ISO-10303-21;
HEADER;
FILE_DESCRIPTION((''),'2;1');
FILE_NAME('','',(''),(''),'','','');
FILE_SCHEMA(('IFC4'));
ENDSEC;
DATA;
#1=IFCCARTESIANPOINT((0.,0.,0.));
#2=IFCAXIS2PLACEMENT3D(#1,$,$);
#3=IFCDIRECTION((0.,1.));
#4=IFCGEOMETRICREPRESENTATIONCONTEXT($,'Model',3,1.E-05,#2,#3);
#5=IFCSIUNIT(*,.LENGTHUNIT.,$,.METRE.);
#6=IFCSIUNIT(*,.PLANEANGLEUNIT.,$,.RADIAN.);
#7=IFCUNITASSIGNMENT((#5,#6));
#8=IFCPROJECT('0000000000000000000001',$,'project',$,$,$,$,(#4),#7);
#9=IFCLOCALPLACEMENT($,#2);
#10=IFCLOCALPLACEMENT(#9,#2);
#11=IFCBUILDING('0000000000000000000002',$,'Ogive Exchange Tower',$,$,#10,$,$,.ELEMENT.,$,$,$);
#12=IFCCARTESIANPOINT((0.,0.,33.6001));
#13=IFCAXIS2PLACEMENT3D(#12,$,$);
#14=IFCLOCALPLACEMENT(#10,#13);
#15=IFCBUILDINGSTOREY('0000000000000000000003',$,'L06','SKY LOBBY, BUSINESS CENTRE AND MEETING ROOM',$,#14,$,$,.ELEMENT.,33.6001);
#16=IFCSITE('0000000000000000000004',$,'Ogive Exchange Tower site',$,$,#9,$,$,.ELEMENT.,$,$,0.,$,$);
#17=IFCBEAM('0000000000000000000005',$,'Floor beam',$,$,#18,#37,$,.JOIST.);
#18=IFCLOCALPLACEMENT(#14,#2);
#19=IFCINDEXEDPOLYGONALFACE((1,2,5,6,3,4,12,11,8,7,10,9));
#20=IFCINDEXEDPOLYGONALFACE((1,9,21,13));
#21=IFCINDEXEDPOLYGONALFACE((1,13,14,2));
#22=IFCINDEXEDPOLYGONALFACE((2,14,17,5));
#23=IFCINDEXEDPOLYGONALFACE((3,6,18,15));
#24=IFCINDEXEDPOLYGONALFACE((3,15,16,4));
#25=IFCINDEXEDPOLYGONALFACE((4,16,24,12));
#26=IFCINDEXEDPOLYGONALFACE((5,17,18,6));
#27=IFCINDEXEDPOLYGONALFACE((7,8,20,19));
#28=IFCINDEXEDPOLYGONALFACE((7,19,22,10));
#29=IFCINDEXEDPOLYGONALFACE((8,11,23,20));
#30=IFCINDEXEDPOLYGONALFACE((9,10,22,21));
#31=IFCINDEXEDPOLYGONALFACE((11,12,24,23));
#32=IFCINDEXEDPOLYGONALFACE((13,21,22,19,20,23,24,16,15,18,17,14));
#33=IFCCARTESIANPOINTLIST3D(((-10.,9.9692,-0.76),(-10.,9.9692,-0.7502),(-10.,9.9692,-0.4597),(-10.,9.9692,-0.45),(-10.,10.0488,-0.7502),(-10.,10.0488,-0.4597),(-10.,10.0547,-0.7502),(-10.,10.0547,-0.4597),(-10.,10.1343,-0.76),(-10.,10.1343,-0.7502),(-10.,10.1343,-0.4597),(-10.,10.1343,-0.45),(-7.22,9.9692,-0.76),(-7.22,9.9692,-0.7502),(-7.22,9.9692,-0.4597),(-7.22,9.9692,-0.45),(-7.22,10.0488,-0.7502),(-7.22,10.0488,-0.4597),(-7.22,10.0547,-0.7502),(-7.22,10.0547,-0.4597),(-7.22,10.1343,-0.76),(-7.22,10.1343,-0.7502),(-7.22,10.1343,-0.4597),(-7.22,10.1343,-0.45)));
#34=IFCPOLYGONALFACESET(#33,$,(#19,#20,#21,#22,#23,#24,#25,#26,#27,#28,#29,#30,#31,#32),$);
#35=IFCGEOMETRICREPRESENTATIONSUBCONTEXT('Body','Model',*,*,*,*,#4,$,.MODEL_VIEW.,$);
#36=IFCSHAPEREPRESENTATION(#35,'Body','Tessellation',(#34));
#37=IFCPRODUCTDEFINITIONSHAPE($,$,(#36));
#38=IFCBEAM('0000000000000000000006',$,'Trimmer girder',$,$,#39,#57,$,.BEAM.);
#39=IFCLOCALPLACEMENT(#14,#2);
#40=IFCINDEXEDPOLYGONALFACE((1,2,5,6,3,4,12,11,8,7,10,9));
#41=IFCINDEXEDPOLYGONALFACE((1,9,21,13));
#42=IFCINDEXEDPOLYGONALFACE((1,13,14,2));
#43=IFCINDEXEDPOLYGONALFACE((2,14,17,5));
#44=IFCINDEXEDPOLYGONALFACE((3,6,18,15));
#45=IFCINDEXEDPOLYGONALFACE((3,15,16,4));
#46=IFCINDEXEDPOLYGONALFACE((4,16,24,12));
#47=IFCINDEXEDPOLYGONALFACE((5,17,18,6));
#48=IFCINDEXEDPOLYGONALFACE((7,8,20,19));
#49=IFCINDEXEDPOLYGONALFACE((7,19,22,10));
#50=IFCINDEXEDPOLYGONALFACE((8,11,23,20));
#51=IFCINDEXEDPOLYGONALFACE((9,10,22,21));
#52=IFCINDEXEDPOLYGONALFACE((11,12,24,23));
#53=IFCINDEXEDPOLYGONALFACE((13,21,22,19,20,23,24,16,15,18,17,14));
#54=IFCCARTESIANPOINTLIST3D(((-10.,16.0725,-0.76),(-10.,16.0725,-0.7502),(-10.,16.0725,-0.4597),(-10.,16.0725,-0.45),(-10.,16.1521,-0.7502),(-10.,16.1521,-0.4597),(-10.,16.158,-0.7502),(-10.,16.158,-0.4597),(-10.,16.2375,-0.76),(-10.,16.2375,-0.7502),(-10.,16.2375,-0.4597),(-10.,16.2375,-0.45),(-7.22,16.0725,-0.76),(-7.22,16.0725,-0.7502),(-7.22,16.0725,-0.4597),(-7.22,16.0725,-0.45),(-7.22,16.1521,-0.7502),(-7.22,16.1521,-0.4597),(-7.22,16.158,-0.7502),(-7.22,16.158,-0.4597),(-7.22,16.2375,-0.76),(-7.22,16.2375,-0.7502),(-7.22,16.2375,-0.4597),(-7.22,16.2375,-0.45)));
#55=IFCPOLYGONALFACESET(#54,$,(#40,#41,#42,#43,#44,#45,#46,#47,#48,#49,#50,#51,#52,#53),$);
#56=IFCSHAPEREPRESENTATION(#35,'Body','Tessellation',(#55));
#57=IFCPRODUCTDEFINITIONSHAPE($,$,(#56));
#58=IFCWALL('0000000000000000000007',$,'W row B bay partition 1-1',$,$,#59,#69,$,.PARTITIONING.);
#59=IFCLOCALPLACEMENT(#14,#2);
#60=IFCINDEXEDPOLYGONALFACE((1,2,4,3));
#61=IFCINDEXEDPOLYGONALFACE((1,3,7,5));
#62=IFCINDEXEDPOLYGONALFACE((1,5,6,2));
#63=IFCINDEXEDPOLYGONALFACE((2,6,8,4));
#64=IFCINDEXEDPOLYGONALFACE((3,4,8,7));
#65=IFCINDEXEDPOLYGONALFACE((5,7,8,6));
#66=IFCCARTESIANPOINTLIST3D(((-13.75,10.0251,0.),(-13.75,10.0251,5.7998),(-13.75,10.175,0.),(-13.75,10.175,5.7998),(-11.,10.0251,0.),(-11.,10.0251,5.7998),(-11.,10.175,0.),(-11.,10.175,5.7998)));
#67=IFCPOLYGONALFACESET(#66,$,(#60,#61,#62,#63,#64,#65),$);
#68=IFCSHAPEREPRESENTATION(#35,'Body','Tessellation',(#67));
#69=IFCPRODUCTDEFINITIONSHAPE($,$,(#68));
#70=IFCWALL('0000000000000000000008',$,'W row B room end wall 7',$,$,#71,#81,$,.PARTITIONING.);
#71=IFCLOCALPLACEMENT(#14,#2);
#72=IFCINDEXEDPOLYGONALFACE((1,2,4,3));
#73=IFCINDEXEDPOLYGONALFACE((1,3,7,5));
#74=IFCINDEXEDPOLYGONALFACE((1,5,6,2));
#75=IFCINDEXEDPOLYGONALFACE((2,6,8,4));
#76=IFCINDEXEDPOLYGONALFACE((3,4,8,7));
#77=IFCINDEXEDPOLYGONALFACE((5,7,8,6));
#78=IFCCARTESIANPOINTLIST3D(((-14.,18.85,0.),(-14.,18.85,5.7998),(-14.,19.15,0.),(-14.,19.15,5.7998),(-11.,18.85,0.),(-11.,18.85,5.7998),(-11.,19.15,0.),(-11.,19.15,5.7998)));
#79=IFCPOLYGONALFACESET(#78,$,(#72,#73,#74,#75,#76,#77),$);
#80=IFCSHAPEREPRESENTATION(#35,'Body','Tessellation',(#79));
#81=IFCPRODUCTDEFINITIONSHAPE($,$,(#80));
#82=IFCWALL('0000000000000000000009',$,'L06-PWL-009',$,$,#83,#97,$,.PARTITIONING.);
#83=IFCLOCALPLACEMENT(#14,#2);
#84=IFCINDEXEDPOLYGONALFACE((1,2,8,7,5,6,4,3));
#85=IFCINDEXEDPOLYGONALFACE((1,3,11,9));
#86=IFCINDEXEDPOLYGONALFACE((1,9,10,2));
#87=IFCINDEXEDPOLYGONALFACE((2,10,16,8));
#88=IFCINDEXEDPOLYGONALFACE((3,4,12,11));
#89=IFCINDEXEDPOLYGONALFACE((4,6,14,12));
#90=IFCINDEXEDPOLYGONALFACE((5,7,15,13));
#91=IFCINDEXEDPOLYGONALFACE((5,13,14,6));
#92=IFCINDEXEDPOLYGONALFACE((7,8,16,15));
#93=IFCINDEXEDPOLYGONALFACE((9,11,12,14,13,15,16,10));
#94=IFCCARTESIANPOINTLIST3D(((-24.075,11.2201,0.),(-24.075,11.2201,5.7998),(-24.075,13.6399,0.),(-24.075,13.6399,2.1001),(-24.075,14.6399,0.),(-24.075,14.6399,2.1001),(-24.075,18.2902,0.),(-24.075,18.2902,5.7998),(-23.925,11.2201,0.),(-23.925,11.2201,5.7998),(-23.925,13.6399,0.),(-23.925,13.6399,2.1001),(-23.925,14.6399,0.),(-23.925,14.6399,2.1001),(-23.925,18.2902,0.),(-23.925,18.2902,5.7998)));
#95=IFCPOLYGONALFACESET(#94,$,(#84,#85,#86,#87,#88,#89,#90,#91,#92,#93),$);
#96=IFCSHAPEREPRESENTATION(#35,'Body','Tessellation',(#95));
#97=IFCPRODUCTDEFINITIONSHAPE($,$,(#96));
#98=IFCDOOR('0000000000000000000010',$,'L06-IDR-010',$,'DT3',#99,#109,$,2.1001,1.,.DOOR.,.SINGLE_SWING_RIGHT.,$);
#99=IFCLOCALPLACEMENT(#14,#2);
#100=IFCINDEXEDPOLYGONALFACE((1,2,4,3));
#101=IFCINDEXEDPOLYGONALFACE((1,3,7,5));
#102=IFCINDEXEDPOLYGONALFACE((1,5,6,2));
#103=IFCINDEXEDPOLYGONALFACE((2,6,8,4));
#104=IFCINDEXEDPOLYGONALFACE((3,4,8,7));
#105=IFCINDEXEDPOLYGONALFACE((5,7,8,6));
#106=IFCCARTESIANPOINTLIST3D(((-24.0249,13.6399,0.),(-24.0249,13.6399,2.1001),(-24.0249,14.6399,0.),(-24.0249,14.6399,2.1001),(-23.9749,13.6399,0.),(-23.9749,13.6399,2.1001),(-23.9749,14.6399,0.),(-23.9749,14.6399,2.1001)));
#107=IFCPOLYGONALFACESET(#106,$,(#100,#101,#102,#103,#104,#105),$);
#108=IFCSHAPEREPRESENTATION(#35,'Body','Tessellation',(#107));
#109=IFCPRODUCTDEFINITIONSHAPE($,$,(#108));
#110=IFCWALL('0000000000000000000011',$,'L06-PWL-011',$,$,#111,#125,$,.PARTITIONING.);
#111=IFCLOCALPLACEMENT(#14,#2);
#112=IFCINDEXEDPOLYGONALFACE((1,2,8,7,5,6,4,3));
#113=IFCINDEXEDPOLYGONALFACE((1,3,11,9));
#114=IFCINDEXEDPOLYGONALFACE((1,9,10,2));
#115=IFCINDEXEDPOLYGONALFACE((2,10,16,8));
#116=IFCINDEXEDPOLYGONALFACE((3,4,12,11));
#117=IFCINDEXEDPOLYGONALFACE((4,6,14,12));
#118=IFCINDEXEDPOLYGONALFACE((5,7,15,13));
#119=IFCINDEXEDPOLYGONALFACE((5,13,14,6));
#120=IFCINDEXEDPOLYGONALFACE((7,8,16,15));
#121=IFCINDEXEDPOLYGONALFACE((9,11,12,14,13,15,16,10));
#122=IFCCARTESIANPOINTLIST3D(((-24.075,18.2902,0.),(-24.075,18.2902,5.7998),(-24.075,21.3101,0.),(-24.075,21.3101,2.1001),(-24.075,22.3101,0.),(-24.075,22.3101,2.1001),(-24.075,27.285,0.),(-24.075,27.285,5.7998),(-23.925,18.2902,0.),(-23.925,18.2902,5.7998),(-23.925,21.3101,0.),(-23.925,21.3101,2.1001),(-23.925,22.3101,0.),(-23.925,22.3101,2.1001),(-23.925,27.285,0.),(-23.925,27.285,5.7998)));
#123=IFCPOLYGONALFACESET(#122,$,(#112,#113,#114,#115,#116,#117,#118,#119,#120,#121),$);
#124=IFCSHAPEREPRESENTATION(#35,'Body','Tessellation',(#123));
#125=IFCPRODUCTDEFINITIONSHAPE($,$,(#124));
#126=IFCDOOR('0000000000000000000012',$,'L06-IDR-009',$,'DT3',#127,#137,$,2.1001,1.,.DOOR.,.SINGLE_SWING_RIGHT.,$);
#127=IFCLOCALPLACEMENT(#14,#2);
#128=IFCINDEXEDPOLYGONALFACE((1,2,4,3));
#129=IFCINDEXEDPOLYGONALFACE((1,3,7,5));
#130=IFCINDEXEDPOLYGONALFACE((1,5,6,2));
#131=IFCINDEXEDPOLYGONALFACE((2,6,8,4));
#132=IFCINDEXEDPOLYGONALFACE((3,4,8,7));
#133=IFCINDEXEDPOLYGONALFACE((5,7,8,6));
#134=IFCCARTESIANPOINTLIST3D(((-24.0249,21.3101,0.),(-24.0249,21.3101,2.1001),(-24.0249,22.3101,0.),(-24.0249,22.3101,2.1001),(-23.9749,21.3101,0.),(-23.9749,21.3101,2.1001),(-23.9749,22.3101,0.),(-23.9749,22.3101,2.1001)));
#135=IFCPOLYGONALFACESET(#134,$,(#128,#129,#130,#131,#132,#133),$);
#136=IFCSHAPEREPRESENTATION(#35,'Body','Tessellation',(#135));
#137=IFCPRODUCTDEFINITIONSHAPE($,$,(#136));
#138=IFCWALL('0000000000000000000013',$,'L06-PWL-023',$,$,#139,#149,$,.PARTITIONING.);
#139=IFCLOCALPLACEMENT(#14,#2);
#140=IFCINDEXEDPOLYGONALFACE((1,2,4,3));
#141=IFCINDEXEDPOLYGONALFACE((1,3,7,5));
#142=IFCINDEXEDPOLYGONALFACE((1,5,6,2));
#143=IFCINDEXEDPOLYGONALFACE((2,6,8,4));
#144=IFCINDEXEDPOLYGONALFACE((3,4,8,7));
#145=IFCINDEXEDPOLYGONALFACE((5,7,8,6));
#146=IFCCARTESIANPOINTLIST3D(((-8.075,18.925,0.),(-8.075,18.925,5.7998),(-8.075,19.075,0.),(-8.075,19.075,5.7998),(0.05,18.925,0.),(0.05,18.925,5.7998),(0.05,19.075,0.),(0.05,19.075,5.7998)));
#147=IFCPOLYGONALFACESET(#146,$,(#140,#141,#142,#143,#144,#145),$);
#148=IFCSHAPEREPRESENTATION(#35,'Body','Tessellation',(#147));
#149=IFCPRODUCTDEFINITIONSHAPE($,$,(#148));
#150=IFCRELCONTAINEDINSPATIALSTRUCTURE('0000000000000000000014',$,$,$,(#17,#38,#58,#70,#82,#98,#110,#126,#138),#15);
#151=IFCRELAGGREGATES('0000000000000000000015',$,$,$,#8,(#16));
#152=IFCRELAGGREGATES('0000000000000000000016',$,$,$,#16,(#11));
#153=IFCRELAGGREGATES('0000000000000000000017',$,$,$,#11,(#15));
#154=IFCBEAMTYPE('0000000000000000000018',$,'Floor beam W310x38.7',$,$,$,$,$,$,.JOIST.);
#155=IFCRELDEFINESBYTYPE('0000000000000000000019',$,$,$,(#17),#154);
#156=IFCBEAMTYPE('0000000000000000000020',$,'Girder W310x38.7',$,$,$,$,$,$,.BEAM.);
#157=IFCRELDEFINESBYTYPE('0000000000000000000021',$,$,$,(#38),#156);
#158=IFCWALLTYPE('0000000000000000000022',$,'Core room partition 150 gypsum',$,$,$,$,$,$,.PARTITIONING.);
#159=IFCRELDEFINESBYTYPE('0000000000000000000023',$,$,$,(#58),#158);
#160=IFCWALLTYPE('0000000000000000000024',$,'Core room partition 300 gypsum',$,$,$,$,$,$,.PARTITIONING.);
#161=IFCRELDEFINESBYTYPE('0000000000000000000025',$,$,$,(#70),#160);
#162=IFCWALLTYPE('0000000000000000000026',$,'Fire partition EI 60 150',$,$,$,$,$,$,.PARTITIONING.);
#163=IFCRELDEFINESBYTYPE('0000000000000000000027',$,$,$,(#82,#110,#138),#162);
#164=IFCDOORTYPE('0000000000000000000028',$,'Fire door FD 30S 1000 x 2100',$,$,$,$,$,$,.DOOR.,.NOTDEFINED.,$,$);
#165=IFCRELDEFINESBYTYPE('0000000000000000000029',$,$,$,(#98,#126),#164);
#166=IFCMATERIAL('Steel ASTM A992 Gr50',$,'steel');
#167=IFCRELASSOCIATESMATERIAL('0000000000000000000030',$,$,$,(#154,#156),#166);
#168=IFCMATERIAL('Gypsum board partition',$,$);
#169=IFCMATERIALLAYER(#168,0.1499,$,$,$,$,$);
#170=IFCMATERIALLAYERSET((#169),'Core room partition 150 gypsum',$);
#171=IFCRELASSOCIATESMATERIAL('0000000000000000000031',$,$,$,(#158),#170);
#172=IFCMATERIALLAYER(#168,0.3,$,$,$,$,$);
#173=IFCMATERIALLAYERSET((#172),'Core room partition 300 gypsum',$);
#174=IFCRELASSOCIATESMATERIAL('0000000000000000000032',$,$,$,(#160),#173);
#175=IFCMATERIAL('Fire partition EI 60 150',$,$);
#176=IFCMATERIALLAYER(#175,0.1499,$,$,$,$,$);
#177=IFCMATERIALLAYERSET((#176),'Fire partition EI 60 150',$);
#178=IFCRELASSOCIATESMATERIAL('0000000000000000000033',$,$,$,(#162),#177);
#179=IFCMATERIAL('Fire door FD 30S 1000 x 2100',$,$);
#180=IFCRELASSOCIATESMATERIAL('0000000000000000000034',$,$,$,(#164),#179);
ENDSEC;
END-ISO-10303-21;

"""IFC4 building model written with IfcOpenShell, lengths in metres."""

from ifc_helpers import new_model, si_unit, direction, frame, frame_2d, origin, origin_2d, place, context, subcontext, project, spatial, rectangle, i_section, extrude, material, layer, layer_set, material_profile, profile_set, type_object, element, fill, save


model = new_model("IFC4")

# Units and contexts
model_context = context("Model", 3, precision=1e-05, world=origin(), true_north=direction((0.0, 1.0)))
body_context = subcontext(model_context, "Body", "Model", "MODEL_VIEW")
ifc_project = project(units=[si_unit("LENGTHUNIT", "METRE"), si_unit("PLANEANGLEUNIT", "RADIAN")], contexts=[model_context])

# Site, building, storey
site_placement = place(None, origin())
site = spatial("IfcSite", under=ifc_project, at=site_placement, Name="Ogive Exchange Tower site", CompositionType="ELEMENT", RefElevation=0.0)
building_placement = place(site_placement, origin())
building = spatial("IfcBuilding", under=site, at=building_placement, Name="Ogive Exchange Tower", CompositionType="ELEMENT")
storey_placement = place(building_placement, frame((0.0, 0.0, 33.6001)))
storey = spatial("IfcBuildingStorey", under=building, at=storey_placement, Name="L06", Description="SKY LOBBY, BUSINESS CENTRE AND MEETING ROOM", CompositionType="ELEMENT", Elevation=33.6001)

# Beams
ifc_material_1 = material(Name="Steel ASTM A992 Gr50", Category="steel")
ifc_material_profile_1 = material_profile(ifc_material_1, i_section(OverallWidth=0.165, OverallDepth=0.3101, WebThickness=0.0059, FlangeThickness=0.0098, at=origin_2d()), Name="W310x38.7")
ifc_profile_set_1 = profile_set([ifc_material_profile_1], Name="Steel ASTM A992 Gr50")
beam_type_1 = type_object("IfcBeamType", Name="Floor beam W310x38.7", PredefinedType="JOIST", material=ifc_profile_set_1)
beam_1_placement = place(storey_placement, frame((-10.0, 10.0518, -0.605), z_axis=(1.0, 0.0, 0.0), x_axis=(0.0, 1.0, 0.0)))
element("IfcBeam", 1, at=beam_1_placement, inside=storey, type_object=beam_type_1, Name="Floor beam", PredefinedType="JOIST", context=body_context, shape_type="SweptSolid", body=[
    extrude(i_section(OverallWidth=0.165, OverallDepth=0.3101, WebThickness=0.0059, FlangeThickness=0.0098, at=origin_2d()), origin(), (0.0, 0.0, 1.0), 2.78),
])
ifc_material_profile_2 = material_profile(ifc_material_1, i_section(OverallWidth=0.165, OverallDepth=0.3101, WebThickness=0.0059, FlangeThickness=0.0098, at=origin_2d()), Name="W310x38.7")
ifc_profile_set_2 = profile_set([ifc_material_profile_2], Name="Steel ASTM A992 Gr50")
beam_type_2 = type_object("IfcBeamType", Name="Girder W310x38.7", PredefinedType="BEAM", material=ifc_profile_set_2)
beam_2_placement = place(storey_placement, frame((-10.0, 16.155, -0.605), z_axis=(1.0, 0.0, 0.0), x_axis=(0.0, 1.0, 0.0)))
element("IfcBeam", 2, at=beam_2_placement, inside=storey, type_object=beam_type_2, Name="Trimmer girder", PredefinedType="BEAM", context=body_context, shape_type="SweptSolid", body=[
    extrude(i_section(OverallWidth=0.165, OverallDepth=0.3101, WebThickness=0.0059, FlangeThickness=0.0098, at=origin_2d()), origin(), (0.0, 0.0, 1.0), 2.78),
])

# Walls
ifc_material_2 = material(Name="Gypsum board partition")
ifc_layer_1 = layer(ifc_material_2, 0.1499)
ifc_layer_set_1 = layer_set([ifc_layer_1], Name="Core room partition 150 gypsum")
wall_type_1 = type_object("IfcWallType", Name="Core room partition 150 gypsum", PredefinedType="PARTITIONING", material=ifc_layer_set_1)
wall_1_placement = place(storey_placement, frame((-13.75, 10.1001, 0.0), z_axis=(0.0, 0.0, 1.0), x_axis=(1.0, 0.0, 0.0)))
element("IfcWall", 3, at=wall_1_placement, inside=storey, type_object=wall_type_1, Name="W row B bay partition 1-1", PredefinedType="PARTITIONING", context=body_context, shape_type="SweptSolid", body=[
    extrude(rectangle(XDim=2.75, YDim=0.1499, at=frame_2d((1.375, 0.0))), origin(), (0.0, 0.0, 1.0), 5.7998),
])
ifc_layer_2 = layer(ifc_material_2, 0.3)
ifc_layer_set_2 = layer_set([ifc_layer_2], Name="Core room partition 300 gypsum")
wall_type_2 = type_object("IfcWallType", Name="Core room partition 300 gypsum", PredefinedType="PARTITIONING", material=ifc_layer_set_2)
wall_2_placement = place(storey_placement, frame((-14.0, 19.0, 0.0), z_axis=(0.0, 0.0, 1.0), x_axis=(1.0, 0.0, 0.0)))
element("IfcWall", 4, at=wall_2_placement, inside=storey, type_object=wall_type_2, Name="W row B room end wall 7", PredefinedType="PARTITIONING", context=body_context, shape_type="SweptSolid", body=[
    extrude(rectangle(XDim=3.0, YDim=0.3, at=frame_2d((1.5, 0.0))), origin(), (0.0, 0.0, 1.0), 5.7998),
])

# Walls, openings, doors
ifc_material_3 = material(Name="Fire partition EI 60 150")
ifc_layer_3 = layer(ifc_material_3, 0.1499)
ifc_layer_set_3 = layer_set([ifc_layer_3], Name="Fire partition EI 60 150")
wall_type_3 = type_object("IfcWallType", Name="Fire partition EI 60 150", PredefinedType="PARTITIONING", material=ifc_layer_set_3)
wall_3_placement = place(storey_placement, frame((-24.0, 11.22, 0.0), z_axis=(0.0, 0.0, 1.0), x_axis=(0.0, 1.0, 0.0)))
wall_3 = element("IfcWall", 5, at=wall_3_placement, inside=storey, type_object=wall_type_3, Name="L06-PWL-009", PredefinedType="PARTITIONING", context=body_context, shape_type="SweptSolid", body=[
    extrude(rectangle(XDim=7.0701, YDim=0.1499, at=frame_2d((3.5352, 0.0))), origin(), (0.0, 0.0, 1.0), 5.7998),
])
opening_1_placement = place(wall_3_placement, frame((2.4199, 0.0, 0.0)))
opening_1 = element("IfcOpeningElement", 6, at=opening_1_placement, cuts=wall_3, PredefinedType="OPENING", context=body_context, shape_type="SweptSolid", body=[
    extrude(rectangle(XDim=1.0, YDim=2.1001, at=frame_2d((0.5, 1.05))), frame((0.0, 0.085, 0.0), z_axis=(0.0, -1.0, 0.0), x_axis=(1.0, 0.0, 0.0)), (0.0, 0.0, 1.0), 0.1699),
])
ifc_material_4 = material(Name="Fire door FD 30S 1000 x 2100")
door_type_1 = type_object("IfcDoorType", Name="Fire door FD 30S 1000 x 2100", OperationType="NOTDEFINED", PredefinedType="DOOR", material=ifc_material_4)
door_1_placement = place(opening_1_placement, origin())
door_1 = element("IfcDoor", 7, at=door_1_placement, inside=storey, type_object=door_type_1, Name="L06-IDR-010", ObjectType="DT3", OperationType="SINGLE_SWING_RIGHT", OverallHeight=2.1001, OverallWidth=1.0, PredefinedType="DOOR", context=body_context, shape_type="SweptSolid", body=[
    extrude(rectangle(XDim=1.0, YDim=2.1001, at=frame_2d((0.5, 1.05))), frame((0.0, 0.0249, 0.0), z_axis=(0.0, -1.0, 0.0), x_axis=(1.0, 0.0, 0.0)), (0.0, 0.0, 1.0), 0.05),
])
fill(opening_1, door_1)
wall_4_placement = place(storey_placement, frame((-24.0, 18.29, 0.0), z_axis=(0.0, 0.0, 1.0), x_axis=(0.0, 1.0, 0.0)))
wall_4 = element("IfcWall", 8, at=wall_4_placement, inside=storey, type_object=wall_type_3, Name="L06-PWL-011", PredefinedType="PARTITIONING", context=body_context, shape_type="SweptSolid", body=[
    extrude(rectangle(XDim=8.9949, YDim=0.1499, at=frame_2d((4.4976, 0.0))), origin(), (0.0, 0.0, 1.0), 5.7998),
])
opening_2_placement = place(wall_4_placement, frame((3.02, 0.0, 0.0)))
opening_2 = element("IfcOpeningElement", 9, at=opening_2_placement, cuts=wall_4, PredefinedType="OPENING", context=body_context, shape_type="SweptSolid", body=[
    extrude(rectangle(XDim=1.0, YDim=2.1001, at=frame_2d((0.5, 1.05))), frame((0.0, 0.085, 0.0), z_axis=(0.0, -1.0, 0.0), x_axis=(1.0, 0.0, 0.0)), (0.0, 0.0, 1.0), 0.1699),
])
door_2_placement = place(opening_2_placement, origin())
door_2 = element("IfcDoor", 10, at=door_2_placement, inside=storey, type_object=door_type_1, Name="L06-IDR-009", ObjectType="DT3", OperationType="SINGLE_SWING_RIGHT", OverallHeight=2.1001, OverallWidth=1.0, PredefinedType="DOOR", context=body_context, shape_type="SweptSolid", body=[
    extrude(rectangle(XDim=1.0, YDim=2.1001, at=frame_2d((0.5, 1.05))), frame((0.0, 0.0249, 0.0), z_axis=(0.0, -1.0, 0.0), x_axis=(1.0, 0.0, 0.0)), (0.0, 0.0, 1.0), 0.05),
])
fill(opening_2, door_2)

# Wall
wall_5_placement = place(storey_placement, frame((-8.075, 19.0, 0.0), z_axis=(0.0, 0.0, 1.0), x_axis=(1.0, 0.0, 0.0)))
element("IfcWall", 11, at=wall_5_placement, inside=storey, type_object=wall_type_3, Name="L06-PWL-023", PredefinedType="PARTITIONING", context=body_context, shape_type="SweptSolid", body=[
    extrude(rectangle(XDim=8.125, YDim=0.1499, at=frame_2d((4.0625, 0.0))), origin(), (0.0, 0.0, 1.0), 5.7998),
])

save(model, "model.ifc")
